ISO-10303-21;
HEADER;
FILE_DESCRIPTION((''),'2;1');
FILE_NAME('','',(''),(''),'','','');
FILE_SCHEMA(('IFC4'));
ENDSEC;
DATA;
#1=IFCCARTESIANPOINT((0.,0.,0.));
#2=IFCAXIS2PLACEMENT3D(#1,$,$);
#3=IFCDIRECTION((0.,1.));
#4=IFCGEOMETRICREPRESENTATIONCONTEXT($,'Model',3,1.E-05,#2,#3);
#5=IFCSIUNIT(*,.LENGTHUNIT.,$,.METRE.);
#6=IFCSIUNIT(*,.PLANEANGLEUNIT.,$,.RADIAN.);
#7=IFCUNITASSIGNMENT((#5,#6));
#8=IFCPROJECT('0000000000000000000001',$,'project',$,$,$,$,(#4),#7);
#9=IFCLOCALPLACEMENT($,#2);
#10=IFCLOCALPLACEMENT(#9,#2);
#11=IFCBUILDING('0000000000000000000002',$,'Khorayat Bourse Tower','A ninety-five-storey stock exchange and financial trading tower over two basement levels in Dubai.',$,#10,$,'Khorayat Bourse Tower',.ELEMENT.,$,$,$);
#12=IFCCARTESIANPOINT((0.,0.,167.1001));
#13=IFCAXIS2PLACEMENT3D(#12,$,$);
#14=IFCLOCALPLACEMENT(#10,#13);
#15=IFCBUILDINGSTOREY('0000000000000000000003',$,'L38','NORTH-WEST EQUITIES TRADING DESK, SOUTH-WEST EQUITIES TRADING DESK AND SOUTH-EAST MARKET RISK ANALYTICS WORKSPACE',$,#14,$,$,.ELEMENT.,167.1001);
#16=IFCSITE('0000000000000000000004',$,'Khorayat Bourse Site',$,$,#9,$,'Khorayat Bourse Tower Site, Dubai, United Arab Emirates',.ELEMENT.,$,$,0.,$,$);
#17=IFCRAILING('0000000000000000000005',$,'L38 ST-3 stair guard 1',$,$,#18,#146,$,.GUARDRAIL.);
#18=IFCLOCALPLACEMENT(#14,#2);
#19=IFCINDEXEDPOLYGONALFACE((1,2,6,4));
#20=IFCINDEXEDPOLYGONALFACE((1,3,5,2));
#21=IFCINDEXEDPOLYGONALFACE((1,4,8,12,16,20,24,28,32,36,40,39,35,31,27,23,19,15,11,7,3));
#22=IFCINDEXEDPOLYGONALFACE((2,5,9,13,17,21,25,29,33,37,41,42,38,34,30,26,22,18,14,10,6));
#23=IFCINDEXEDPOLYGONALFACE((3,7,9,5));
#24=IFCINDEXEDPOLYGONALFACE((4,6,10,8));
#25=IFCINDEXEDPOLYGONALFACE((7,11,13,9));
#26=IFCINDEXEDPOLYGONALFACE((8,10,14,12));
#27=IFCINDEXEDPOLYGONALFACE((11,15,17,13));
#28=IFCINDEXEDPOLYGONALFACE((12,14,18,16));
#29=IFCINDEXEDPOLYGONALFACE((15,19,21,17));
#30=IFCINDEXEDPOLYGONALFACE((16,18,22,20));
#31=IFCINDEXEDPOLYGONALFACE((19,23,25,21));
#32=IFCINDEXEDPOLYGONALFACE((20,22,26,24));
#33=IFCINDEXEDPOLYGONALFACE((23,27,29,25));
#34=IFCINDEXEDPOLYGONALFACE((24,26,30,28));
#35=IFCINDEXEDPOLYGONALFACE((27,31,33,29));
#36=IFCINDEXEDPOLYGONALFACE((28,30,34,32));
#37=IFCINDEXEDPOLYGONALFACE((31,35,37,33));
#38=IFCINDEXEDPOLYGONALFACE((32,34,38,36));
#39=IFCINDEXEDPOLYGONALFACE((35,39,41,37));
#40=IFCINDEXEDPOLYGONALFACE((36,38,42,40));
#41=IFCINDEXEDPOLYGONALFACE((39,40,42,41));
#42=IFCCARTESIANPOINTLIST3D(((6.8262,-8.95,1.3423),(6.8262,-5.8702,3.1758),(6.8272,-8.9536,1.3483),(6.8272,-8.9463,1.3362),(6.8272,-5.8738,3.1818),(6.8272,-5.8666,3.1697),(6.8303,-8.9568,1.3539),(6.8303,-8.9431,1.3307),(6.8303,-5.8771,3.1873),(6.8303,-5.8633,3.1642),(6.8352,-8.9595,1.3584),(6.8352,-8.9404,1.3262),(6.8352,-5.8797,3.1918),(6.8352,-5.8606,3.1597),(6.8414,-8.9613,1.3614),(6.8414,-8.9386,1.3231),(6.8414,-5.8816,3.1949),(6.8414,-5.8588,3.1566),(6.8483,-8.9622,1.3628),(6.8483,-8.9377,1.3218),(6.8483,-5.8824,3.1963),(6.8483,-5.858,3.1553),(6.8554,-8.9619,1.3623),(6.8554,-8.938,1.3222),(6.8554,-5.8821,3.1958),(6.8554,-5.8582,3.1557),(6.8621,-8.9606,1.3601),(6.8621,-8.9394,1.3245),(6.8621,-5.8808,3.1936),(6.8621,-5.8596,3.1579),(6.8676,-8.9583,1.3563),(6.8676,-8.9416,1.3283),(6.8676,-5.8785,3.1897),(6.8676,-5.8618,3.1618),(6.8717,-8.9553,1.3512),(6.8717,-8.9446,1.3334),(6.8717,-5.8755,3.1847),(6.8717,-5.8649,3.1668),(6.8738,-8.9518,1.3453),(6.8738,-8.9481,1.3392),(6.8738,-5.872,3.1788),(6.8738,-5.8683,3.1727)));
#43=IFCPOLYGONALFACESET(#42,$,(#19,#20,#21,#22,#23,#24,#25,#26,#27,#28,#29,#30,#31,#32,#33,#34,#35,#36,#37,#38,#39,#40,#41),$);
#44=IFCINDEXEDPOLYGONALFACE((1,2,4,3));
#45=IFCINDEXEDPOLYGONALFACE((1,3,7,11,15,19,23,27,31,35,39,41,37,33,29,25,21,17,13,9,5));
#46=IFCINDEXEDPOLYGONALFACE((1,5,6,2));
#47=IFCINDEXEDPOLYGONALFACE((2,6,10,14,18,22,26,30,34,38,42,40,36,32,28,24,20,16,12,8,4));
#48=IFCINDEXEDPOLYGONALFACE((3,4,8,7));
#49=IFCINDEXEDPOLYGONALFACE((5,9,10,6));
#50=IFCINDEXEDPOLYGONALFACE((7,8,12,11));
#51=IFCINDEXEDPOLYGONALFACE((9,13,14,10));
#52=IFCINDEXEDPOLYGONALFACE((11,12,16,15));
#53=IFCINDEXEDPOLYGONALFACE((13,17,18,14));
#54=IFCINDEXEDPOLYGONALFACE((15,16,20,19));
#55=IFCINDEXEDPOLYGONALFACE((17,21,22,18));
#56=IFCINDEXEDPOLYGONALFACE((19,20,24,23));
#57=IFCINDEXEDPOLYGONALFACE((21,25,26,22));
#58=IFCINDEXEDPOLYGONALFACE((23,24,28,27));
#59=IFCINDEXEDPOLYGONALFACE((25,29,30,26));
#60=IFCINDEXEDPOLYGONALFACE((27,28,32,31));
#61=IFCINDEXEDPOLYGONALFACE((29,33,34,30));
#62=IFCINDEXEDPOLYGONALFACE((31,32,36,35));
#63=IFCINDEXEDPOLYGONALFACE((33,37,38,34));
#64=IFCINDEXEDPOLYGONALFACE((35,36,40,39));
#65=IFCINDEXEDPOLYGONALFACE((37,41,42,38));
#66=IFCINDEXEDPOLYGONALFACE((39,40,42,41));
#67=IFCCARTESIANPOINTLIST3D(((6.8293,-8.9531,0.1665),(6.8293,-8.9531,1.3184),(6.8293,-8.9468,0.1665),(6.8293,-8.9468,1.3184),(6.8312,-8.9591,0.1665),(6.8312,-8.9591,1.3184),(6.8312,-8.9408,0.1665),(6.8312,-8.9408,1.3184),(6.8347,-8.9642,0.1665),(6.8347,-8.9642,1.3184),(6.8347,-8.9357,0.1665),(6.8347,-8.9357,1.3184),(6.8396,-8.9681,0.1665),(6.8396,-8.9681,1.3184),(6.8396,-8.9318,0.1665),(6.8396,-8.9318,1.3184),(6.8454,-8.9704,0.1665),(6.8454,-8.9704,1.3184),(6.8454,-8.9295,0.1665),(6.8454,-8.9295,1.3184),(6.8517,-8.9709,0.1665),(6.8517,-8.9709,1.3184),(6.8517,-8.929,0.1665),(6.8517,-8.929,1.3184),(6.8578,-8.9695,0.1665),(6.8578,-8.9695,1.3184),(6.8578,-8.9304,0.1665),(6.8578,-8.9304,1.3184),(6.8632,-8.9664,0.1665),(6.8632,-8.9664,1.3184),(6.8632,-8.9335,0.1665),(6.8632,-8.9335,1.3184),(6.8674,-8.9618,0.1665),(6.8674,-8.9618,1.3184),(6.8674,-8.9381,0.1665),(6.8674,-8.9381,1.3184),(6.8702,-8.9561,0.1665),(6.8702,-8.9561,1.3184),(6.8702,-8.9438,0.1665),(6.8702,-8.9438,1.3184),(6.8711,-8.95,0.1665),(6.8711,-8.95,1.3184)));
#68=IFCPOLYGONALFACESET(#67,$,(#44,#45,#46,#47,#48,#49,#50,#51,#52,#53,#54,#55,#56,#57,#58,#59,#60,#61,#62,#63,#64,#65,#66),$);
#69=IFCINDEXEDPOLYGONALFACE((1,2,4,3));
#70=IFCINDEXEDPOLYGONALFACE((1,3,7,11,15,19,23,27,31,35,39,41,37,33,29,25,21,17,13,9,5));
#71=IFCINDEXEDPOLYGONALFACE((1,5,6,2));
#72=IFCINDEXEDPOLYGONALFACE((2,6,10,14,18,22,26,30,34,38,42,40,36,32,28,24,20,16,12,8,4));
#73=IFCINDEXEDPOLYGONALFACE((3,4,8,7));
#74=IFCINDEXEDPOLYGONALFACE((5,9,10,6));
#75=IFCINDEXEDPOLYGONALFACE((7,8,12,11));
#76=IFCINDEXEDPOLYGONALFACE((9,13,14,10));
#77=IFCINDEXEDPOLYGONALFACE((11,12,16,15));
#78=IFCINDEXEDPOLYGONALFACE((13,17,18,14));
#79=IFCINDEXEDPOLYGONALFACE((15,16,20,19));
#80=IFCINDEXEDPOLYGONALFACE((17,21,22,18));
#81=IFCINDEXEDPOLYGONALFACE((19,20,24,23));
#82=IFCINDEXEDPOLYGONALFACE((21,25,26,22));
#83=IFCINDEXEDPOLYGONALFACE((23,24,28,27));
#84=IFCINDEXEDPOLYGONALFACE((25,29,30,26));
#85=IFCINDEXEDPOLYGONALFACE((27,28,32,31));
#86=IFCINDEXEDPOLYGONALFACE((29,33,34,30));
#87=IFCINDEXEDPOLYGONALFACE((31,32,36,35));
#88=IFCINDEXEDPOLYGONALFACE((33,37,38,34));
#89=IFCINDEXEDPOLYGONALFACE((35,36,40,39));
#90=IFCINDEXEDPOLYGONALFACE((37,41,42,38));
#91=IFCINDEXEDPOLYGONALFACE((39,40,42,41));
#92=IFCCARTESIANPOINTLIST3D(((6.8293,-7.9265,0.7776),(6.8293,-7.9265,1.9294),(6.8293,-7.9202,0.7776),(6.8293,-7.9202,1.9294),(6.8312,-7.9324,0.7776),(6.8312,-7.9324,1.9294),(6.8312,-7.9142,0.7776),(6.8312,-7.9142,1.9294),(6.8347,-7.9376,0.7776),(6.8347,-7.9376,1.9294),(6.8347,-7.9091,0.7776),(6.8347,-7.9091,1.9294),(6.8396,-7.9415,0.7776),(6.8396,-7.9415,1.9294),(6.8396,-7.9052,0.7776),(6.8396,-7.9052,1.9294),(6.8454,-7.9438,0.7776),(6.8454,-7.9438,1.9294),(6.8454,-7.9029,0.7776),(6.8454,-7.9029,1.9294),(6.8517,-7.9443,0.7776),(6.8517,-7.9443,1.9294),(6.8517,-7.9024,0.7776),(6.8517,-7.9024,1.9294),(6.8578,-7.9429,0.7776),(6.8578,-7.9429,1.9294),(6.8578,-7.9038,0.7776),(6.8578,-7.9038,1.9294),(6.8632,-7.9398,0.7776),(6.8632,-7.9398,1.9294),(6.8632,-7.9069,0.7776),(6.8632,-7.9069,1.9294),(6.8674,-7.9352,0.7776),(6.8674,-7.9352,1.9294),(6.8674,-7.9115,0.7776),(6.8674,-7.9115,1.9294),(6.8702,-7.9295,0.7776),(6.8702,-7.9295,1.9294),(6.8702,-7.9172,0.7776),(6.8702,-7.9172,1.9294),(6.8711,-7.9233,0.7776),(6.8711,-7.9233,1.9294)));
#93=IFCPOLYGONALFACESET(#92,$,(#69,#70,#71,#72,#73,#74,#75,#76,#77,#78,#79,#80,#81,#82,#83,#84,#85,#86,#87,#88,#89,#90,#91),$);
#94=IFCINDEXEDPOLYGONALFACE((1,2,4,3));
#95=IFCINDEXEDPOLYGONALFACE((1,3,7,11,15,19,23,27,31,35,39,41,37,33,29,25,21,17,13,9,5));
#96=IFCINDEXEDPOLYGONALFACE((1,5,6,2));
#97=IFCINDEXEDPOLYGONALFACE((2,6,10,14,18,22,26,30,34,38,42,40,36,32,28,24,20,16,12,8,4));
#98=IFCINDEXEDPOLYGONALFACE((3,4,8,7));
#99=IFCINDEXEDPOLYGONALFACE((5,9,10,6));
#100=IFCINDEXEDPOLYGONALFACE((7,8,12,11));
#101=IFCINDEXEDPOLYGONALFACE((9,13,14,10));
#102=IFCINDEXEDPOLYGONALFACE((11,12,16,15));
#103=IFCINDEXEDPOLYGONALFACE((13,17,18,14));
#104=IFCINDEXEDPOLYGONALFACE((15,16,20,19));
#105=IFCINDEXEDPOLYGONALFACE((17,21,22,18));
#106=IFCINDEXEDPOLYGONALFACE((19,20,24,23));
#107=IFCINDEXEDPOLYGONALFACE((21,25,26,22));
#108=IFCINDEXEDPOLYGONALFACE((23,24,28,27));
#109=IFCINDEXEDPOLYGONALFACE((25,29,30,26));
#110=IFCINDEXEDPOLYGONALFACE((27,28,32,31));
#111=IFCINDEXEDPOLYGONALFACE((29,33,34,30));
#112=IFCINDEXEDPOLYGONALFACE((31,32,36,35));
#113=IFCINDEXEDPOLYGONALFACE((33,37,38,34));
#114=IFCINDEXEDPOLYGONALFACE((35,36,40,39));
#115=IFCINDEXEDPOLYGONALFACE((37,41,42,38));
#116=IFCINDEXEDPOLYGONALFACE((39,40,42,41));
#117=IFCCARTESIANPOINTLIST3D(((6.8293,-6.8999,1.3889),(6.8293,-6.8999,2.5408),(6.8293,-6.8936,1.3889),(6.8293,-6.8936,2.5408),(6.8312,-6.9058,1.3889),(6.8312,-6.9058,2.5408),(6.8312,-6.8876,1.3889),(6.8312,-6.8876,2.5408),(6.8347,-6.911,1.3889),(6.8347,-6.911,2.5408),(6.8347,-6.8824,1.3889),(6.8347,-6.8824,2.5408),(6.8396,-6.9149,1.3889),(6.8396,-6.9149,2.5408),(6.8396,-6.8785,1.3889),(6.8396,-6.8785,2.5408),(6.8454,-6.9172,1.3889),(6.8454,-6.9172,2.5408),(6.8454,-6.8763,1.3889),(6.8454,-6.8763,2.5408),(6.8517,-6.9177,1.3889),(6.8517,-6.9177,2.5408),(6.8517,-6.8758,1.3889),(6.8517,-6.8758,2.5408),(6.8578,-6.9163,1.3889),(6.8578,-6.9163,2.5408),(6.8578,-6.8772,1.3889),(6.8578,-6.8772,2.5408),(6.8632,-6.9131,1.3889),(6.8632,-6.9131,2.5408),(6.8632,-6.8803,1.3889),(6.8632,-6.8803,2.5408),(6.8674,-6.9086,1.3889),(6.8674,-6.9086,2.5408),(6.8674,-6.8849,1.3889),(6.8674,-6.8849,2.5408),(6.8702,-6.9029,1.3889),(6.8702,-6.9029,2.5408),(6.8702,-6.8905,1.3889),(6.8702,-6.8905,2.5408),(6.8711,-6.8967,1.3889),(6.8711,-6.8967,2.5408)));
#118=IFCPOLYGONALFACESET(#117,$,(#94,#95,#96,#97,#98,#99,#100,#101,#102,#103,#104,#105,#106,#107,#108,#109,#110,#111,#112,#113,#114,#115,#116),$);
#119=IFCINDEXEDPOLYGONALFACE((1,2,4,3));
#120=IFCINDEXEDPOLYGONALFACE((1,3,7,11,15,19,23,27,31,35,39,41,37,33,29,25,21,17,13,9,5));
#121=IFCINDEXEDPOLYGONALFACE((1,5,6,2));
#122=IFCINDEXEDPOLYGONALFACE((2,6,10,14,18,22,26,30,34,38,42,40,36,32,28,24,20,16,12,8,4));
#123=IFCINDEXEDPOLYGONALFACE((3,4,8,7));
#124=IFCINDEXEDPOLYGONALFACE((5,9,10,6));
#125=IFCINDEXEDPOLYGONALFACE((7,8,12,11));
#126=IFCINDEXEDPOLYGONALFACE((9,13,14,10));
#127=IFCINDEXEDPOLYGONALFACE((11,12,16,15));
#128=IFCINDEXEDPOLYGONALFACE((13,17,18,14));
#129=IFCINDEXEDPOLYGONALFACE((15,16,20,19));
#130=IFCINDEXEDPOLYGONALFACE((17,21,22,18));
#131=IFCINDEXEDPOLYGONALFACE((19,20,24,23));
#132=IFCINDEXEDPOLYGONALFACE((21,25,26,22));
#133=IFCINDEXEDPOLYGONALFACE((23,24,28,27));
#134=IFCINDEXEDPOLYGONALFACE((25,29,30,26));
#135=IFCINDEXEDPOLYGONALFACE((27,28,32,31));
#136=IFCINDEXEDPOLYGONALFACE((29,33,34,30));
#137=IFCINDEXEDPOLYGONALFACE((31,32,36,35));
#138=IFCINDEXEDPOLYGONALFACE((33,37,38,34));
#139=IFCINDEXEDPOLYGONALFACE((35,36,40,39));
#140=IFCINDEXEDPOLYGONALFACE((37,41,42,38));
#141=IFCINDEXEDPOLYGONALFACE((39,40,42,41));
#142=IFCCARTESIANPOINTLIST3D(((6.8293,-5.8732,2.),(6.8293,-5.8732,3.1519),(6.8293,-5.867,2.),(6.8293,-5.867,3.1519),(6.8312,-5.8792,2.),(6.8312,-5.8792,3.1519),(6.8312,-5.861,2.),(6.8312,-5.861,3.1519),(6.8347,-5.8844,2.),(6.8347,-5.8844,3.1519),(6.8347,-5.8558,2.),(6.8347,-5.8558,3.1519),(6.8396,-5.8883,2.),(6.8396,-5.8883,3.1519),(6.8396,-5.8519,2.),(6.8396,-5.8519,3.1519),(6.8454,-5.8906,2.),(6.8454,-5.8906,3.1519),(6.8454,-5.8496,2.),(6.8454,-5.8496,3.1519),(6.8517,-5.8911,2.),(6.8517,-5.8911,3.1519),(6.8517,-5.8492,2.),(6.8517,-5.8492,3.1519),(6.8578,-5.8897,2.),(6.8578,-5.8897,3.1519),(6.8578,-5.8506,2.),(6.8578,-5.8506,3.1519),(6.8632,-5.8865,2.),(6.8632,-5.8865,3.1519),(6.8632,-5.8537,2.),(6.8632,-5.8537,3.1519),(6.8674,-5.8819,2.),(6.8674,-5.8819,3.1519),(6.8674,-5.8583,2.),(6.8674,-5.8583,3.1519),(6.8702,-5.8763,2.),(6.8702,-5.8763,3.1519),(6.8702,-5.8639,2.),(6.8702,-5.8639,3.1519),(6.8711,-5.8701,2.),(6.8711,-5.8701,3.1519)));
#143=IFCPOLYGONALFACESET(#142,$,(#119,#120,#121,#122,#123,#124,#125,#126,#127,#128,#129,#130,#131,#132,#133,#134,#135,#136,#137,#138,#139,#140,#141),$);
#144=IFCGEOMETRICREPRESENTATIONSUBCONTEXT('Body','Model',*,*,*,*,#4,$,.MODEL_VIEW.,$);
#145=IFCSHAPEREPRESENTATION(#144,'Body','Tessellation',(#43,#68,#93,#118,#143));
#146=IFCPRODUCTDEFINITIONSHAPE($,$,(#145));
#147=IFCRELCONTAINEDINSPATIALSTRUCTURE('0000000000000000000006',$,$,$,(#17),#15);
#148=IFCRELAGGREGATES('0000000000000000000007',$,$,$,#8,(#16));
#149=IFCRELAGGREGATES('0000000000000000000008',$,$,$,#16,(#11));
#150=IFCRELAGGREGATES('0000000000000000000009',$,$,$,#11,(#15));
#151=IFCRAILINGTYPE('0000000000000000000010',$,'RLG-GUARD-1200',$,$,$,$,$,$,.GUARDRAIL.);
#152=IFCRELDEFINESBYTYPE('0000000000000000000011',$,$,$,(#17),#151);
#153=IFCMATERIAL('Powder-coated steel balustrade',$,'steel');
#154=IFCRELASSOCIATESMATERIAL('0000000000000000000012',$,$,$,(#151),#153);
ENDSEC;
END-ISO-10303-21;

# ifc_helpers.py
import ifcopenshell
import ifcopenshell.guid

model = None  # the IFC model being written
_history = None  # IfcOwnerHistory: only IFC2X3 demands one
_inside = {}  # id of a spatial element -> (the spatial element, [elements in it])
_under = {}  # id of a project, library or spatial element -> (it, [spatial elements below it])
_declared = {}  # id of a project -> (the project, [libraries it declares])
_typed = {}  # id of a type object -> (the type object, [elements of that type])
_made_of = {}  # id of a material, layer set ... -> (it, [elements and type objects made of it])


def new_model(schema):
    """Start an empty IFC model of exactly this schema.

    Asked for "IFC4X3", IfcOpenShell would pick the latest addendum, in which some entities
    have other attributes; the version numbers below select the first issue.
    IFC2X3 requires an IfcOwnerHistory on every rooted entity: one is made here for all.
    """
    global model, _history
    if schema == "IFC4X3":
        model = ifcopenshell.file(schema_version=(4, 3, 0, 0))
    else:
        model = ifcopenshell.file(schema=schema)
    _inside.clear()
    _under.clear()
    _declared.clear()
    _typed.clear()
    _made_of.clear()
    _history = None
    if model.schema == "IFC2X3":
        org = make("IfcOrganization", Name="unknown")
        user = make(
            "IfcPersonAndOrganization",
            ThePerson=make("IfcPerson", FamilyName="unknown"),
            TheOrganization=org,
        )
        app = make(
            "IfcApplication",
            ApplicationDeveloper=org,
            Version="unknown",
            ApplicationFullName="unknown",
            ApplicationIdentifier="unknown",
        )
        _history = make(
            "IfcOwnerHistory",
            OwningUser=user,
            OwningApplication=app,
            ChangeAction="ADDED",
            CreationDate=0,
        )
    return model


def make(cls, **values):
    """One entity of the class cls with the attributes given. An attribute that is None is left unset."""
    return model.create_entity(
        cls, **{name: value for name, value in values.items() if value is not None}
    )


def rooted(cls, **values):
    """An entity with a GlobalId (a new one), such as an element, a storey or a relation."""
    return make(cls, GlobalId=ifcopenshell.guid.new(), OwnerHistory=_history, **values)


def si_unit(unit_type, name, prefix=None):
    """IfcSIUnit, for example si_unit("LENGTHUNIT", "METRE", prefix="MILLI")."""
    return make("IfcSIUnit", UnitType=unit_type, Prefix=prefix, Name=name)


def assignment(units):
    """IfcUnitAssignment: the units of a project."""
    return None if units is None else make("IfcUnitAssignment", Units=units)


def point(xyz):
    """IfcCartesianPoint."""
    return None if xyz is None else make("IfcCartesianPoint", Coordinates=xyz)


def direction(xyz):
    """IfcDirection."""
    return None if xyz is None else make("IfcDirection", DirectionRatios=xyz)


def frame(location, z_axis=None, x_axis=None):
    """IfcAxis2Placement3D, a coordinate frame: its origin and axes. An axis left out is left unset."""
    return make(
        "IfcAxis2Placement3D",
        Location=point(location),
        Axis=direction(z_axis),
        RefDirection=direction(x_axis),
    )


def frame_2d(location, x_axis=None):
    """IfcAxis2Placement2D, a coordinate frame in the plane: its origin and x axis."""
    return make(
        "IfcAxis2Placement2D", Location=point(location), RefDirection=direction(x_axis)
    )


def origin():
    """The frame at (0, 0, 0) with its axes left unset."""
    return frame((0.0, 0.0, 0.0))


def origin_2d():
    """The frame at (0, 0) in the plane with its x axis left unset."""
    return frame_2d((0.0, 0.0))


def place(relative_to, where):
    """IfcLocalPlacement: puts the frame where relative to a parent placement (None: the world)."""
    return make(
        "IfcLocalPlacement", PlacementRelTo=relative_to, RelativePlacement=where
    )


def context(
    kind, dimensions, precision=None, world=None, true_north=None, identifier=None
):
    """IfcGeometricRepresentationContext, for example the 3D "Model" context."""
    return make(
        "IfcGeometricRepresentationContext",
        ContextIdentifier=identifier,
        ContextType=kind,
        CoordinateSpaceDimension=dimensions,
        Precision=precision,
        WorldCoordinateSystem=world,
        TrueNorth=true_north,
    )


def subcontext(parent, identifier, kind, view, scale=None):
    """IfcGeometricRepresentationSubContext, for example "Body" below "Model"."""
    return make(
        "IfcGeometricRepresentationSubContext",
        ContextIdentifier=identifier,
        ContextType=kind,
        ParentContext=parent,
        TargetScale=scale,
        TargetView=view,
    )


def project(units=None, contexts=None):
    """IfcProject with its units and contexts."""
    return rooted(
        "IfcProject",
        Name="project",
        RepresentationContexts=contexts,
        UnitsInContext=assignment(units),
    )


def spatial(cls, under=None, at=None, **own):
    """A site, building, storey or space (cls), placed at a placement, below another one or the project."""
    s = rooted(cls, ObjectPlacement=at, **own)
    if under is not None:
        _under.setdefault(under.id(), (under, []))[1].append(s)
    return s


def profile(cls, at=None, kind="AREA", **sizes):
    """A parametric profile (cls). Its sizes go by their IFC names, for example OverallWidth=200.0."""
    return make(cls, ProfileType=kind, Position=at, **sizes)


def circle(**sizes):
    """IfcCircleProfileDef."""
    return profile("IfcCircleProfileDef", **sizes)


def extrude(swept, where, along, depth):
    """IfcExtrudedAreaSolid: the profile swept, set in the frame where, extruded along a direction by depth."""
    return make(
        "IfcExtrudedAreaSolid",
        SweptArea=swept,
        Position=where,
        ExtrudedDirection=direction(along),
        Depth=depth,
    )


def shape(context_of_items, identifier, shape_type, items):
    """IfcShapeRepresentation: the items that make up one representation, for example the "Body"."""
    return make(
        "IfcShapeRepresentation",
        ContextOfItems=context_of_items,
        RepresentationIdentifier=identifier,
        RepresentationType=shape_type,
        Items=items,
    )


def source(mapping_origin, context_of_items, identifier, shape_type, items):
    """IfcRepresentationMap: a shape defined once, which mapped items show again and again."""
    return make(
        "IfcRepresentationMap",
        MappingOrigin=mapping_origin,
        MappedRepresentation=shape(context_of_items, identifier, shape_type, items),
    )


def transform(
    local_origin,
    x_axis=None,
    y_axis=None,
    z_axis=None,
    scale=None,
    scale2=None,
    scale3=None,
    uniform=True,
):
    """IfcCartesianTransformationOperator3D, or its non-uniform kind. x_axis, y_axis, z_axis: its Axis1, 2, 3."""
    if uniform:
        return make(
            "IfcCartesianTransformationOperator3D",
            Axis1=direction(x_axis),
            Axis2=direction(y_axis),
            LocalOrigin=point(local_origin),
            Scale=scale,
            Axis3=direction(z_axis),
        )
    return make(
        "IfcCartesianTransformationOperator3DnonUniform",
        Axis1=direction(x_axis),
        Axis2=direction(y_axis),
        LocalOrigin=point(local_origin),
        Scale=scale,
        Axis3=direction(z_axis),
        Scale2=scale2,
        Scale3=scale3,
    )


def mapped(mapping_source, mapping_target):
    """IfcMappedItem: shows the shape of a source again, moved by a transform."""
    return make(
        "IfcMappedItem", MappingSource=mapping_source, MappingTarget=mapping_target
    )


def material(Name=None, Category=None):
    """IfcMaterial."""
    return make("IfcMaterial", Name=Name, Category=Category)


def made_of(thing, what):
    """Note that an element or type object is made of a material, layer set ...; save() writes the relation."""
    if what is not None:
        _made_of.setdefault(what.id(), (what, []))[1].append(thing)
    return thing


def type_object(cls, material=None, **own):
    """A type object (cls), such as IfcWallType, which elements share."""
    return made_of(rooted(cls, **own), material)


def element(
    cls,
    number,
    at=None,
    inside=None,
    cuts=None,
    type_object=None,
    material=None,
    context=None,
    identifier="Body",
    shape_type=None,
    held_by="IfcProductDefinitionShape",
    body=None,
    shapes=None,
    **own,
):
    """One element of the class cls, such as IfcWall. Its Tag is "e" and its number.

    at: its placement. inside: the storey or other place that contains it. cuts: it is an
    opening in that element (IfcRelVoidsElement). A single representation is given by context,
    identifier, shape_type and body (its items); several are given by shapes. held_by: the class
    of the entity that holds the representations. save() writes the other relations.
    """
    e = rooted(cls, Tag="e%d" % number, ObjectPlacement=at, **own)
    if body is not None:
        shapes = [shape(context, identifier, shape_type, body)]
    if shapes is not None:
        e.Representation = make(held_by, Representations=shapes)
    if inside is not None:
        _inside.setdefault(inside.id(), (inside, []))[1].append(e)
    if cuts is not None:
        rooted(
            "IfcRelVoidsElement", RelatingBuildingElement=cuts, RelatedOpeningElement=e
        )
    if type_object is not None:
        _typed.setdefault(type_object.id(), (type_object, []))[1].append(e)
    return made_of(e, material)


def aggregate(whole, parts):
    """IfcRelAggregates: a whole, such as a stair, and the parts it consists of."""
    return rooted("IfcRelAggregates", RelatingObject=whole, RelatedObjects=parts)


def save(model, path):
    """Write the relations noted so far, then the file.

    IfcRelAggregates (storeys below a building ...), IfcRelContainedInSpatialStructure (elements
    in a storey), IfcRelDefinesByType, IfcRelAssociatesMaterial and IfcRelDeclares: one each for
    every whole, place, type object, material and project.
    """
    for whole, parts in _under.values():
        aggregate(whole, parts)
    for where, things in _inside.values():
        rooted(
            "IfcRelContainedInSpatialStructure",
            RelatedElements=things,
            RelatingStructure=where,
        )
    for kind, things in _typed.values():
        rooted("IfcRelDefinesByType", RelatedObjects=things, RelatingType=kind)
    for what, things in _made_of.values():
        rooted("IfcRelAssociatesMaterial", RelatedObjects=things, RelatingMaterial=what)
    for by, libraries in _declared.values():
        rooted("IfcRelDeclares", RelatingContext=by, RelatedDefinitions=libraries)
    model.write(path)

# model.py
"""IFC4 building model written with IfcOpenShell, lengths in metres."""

from ifc_helpers import new_model, si_unit, direction, frame, origin, origin_2d, place, context, subcontext, project, spatial, circle, extrude, source, transform, mapped, material, type_object, element, save


model = new_model("IFC4")

# Units and contexts
model_context = context("Model", 3, precision=1e-05, world=origin(), true_north=direction((0.0, 1.0)))
body_context = subcontext(model_context, "Body", "Model", "MODEL_VIEW")
ifc_project = project(units=[si_unit("LENGTHUNIT", "METRE"), si_unit("PLANEANGLEUNIT", "RADIAN")], contexts=[model_context])

# Site, building, storey
site_placement = place(None, origin())
site = spatial("IfcSite", under=ifc_project, at=site_placement, Name="Khorayat Bourse Site", LongName="Khorayat Bourse Tower Site, Dubai, United Arab Emirates", CompositionType="ELEMENT", RefElevation=0.0)
building_placement = place(site_placement, origin())
building = spatial("IfcBuilding", under=site, at=building_placement, Name="Khorayat Bourse Tower", Description="A ninety-five-storey stock exchange and financial trading tower over two basement levels in Dubai.", LongName="Khorayat Bourse Tower", CompositionType="ELEMENT")
storey_placement = place(building_placement, frame((0.0, 0.0, 167.1001)))
storey = spatial("IfcBuildingStorey", under=building, at=storey_placement, Name="L38", Description="NORTH-WEST EQUITIES TRADING DESK, SOUTH-WEST EQUITIES TRADING DESK AND SOUTH-EAST MARKET RISK ANALYTICS WORKSPACE", CompositionType="ELEMENT", Elevation=167.1001)

# Railing
ifc_material_1 = material(Name="Powder-coated steel balustrade", Category="steel")
railing_type_1 = type_object("IfcRailingType", Name="RLG-GUARD-1200", PredefinedType="GUARDRAIL", material=ifc_material_1)
shared_shape_1 = source(origin(), body_context, "Body", "SweptSolid", [
    extrude(circle(Radius=0.0239, at=origin_2d()), frame((0.0, 0.0, 1.1758), z_axis=(0.0, 0.859261, 0.511538), x_axis=(-1.0, 0.0, 0.0)), (0.0, 0.0, 1.0), 3.5842),
    extrude(circle(Radius=0.021, at=origin_2d()), origin(), (0.0, 0.0, 1.0), 1.1519),
    extrude(circle(Radius=0.021, at=origin_2d()), frame((0.0, 1.0266, 0.6111)), (0.0, 0.0, 1.0), 1.1519),
    extrude(circle(Radius=0.021, at=origin_2d()), frame((0.0, 2.0532, 1.2224)), (0.0, 0.0, 1.0), 1.1519),
    extrude(circle(Radius=0.021, at=origin_2d()), frame((0.0, 3.0798, 1.8335)), (0.0, 0.0, 1.0), 1.1519),
])
railing_1_placement = place(storey_placement, frame((6.8501, -8.95, 0.1665)))
element("IfcRailing", 1, at=railing_1_placement, inside=storey, type_object=railing_type_1, Name="L38 ST-3 stair guard 1", PredefinedType="GUARDRAIL", context=body_context, shape_type="MappedRepresentation", body=[
    mapped(shared_shape_1, transform((0.0, 0.0, 0.0), scale=1.0)),
])

save(model, "model.ifc")
